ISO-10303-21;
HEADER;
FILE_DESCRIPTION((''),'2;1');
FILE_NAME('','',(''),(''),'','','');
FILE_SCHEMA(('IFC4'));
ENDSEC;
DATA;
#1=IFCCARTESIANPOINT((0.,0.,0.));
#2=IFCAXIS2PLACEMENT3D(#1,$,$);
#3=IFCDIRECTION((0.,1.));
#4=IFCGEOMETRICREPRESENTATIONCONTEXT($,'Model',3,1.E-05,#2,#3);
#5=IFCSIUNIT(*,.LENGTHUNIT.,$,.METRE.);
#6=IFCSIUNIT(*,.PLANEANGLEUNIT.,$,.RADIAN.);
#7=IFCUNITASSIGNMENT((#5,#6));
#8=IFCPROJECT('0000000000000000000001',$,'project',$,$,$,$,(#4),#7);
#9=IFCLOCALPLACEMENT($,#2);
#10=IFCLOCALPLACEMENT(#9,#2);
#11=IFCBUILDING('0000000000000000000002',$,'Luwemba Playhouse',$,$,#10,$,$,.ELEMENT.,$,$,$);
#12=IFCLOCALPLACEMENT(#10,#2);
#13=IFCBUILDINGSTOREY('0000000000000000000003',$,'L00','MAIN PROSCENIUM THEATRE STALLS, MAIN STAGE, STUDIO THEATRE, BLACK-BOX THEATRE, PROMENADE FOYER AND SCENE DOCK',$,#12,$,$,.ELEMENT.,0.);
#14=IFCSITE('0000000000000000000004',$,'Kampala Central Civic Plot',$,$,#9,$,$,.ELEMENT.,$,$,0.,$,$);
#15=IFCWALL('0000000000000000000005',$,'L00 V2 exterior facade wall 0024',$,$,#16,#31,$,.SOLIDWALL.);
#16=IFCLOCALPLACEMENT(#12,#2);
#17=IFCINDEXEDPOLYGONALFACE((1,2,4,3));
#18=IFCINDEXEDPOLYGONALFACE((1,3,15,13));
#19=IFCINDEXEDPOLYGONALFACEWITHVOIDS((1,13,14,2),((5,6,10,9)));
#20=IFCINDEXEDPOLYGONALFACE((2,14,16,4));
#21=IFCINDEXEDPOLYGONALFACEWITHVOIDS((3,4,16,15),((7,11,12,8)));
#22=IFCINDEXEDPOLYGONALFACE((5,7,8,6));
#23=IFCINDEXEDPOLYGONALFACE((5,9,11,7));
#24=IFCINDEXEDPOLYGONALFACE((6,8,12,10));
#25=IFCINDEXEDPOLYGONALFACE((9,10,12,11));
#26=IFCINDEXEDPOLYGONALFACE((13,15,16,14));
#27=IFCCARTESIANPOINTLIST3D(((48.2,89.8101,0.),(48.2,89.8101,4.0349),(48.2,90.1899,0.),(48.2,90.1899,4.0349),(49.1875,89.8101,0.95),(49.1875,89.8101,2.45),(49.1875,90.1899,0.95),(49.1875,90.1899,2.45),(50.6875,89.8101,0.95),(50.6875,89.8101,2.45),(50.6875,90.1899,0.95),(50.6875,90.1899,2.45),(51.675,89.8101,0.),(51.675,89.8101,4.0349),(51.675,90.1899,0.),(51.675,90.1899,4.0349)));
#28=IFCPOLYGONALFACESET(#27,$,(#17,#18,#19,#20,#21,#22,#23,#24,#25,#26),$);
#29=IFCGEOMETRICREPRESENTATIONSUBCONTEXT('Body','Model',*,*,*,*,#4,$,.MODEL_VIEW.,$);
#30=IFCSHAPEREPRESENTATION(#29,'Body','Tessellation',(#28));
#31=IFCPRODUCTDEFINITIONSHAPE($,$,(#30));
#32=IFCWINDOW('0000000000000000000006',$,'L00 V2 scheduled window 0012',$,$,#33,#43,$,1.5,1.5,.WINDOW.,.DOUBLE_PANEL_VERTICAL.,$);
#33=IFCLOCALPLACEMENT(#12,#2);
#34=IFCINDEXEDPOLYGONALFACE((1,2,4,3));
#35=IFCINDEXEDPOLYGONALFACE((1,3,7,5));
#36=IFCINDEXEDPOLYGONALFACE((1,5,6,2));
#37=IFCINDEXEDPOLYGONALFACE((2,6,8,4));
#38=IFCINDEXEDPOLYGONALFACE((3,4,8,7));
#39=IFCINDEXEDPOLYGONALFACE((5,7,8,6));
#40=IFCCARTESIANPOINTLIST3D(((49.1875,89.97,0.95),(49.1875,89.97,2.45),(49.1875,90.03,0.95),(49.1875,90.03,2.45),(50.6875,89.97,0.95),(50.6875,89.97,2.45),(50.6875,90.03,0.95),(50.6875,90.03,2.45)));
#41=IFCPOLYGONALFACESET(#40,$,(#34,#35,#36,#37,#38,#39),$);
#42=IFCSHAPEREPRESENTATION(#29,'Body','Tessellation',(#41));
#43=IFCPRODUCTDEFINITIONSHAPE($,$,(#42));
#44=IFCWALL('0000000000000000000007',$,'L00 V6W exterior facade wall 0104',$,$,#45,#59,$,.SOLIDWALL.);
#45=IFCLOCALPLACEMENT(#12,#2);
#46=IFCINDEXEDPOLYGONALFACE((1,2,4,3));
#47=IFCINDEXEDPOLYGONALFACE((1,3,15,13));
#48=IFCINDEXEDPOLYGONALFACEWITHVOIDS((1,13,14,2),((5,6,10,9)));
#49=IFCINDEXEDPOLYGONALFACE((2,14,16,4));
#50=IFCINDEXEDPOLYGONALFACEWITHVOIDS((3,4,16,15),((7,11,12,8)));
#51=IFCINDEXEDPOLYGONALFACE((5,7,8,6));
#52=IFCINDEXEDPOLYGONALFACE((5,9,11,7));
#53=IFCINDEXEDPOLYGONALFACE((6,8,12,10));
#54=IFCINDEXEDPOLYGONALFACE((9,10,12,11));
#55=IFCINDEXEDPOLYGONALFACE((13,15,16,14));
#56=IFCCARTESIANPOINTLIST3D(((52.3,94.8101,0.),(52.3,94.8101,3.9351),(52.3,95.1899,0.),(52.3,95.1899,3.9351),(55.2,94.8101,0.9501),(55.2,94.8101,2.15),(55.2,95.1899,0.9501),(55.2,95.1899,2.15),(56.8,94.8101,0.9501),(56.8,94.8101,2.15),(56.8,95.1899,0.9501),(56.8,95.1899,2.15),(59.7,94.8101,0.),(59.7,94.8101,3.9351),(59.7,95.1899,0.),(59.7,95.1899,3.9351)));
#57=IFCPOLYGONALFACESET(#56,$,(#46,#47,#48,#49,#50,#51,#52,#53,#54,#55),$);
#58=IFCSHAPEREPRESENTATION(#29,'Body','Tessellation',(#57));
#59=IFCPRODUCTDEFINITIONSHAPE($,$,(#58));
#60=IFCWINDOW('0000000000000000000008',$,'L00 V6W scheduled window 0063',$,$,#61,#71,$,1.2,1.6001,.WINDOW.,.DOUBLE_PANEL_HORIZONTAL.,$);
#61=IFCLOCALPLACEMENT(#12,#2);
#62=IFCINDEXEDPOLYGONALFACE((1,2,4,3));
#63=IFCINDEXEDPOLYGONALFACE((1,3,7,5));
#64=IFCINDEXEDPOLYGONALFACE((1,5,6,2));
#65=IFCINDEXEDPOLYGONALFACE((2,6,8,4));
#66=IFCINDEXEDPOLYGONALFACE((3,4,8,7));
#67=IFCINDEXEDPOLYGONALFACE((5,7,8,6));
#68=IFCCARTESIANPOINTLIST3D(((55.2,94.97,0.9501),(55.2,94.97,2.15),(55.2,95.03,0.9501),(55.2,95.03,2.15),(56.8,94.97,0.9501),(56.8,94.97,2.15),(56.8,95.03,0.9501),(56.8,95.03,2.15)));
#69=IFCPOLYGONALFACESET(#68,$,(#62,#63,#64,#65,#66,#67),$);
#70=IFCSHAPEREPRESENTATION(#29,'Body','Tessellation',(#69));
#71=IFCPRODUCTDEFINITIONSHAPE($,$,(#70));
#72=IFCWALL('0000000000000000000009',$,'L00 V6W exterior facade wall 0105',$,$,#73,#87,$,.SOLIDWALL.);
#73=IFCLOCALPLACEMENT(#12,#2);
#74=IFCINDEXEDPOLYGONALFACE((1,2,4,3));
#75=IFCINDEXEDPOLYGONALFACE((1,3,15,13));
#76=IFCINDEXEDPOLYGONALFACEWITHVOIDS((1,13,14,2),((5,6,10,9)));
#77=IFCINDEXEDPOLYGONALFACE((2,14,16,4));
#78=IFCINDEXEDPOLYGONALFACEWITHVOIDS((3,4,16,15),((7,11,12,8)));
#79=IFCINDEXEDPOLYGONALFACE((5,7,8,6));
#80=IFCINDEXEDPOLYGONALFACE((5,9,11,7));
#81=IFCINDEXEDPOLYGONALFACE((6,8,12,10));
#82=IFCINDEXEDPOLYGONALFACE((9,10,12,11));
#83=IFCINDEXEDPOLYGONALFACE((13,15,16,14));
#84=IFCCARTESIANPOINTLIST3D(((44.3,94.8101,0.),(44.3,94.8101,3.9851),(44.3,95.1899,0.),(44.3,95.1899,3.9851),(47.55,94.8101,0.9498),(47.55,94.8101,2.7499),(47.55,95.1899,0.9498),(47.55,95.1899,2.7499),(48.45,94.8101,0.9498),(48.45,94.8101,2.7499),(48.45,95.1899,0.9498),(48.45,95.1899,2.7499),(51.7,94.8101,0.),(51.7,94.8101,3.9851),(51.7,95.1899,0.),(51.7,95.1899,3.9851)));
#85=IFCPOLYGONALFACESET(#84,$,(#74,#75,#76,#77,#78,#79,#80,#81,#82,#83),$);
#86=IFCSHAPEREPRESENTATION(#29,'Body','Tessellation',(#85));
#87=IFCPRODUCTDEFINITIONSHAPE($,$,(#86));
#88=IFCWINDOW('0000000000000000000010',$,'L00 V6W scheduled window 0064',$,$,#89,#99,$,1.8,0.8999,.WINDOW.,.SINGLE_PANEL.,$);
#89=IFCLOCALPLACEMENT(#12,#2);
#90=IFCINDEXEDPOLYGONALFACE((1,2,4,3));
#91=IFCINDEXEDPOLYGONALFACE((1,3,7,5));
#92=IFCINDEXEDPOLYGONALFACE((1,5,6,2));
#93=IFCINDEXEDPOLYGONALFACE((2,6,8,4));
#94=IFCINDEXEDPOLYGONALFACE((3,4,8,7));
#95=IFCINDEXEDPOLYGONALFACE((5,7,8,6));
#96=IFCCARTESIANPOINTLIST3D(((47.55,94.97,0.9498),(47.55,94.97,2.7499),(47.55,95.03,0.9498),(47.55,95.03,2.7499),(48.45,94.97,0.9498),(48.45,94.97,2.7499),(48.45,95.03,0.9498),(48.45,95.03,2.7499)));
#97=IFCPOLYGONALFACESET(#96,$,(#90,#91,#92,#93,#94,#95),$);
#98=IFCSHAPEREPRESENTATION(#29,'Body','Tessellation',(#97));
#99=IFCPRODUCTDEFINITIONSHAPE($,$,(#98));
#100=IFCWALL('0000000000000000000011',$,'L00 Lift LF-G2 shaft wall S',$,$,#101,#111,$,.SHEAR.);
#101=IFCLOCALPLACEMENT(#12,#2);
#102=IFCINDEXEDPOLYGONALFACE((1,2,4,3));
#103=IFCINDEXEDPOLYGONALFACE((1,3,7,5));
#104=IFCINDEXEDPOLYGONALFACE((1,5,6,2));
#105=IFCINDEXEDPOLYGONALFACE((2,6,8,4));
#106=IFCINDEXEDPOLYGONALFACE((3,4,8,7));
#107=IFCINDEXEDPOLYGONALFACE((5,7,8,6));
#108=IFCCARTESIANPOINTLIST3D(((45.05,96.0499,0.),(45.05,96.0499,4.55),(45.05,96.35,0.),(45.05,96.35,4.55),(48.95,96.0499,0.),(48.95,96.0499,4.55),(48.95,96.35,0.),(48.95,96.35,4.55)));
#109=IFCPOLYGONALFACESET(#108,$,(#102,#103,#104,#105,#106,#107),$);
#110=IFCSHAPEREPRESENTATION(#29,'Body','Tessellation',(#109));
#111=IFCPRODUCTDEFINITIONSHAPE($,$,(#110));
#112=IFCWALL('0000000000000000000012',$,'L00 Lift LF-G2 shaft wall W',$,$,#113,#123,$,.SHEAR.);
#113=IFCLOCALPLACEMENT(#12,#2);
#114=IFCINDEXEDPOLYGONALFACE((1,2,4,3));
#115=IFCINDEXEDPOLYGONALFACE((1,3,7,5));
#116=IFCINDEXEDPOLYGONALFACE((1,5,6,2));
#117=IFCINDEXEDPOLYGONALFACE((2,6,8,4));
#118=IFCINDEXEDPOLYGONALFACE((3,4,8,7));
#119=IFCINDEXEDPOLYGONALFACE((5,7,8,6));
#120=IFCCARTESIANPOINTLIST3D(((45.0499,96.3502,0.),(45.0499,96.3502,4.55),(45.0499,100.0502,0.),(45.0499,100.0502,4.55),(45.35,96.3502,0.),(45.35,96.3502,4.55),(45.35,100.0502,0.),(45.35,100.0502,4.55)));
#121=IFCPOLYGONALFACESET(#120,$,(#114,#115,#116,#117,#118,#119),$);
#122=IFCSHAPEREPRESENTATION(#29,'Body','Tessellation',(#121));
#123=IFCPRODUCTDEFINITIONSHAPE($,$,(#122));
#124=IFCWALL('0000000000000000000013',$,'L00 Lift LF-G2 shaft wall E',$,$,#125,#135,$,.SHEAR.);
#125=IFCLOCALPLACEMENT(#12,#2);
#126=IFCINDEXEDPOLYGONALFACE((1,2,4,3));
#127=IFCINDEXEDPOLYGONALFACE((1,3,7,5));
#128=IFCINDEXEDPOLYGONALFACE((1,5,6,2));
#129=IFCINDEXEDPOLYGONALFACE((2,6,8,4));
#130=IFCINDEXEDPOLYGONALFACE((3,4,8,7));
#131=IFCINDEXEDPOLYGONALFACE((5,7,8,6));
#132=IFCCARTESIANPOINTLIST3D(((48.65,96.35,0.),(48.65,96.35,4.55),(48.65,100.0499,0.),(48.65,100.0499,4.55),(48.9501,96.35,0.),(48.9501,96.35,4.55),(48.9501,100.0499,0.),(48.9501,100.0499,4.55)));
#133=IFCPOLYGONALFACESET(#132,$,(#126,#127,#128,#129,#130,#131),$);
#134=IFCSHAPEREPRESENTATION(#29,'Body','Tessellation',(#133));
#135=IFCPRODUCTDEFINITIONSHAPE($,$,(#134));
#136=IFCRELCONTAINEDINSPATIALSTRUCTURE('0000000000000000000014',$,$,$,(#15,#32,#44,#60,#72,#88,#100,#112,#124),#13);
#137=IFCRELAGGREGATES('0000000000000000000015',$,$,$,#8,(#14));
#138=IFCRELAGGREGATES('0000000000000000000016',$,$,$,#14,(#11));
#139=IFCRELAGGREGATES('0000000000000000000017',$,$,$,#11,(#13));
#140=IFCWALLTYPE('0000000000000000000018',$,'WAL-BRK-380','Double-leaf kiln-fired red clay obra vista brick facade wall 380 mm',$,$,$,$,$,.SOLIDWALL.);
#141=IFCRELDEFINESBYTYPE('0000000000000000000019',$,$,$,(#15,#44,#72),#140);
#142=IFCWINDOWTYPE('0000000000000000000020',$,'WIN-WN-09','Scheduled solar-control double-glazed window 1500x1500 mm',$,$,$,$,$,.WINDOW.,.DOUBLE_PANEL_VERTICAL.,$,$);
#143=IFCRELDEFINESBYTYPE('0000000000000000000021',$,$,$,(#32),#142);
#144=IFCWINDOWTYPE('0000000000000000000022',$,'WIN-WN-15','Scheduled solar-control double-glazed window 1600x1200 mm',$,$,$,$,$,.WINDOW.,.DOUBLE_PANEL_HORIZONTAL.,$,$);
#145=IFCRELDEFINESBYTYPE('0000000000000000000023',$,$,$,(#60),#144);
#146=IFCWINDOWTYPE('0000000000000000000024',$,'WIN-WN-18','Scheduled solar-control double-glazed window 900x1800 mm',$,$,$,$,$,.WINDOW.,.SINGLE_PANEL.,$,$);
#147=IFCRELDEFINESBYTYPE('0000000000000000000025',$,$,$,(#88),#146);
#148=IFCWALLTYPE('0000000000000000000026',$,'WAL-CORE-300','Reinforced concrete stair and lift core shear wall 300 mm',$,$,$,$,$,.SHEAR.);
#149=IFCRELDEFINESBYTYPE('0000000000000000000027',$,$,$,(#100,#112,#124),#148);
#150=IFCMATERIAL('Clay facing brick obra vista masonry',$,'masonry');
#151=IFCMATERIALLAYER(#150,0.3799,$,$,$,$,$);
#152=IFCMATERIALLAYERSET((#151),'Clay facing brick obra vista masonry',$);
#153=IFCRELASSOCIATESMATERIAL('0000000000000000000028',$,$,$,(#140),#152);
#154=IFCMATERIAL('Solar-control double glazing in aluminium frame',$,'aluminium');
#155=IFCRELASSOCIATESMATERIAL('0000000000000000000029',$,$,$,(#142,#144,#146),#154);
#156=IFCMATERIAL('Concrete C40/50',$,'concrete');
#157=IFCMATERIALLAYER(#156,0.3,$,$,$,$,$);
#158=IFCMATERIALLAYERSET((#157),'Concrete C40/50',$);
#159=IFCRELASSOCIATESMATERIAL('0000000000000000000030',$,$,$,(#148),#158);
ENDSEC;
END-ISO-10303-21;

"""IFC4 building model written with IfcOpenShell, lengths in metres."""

from ifc_helpers import new_model, si_unit, direction, frame, frame_2d, origin, place, context, subcontext, project, spatial, rectangle, extrude, material, layer, layer_set, type_object, element, fill, save


model = new_model("IFC4")

# Units and contexts
model_context = context("Model", 3, precision=1e-05, world=origin(), true_north=direction((0.0, 1.0)))
body_context = subcontext(model_context, "Body", "Model", "MODEL_VIEW")
ifc_project = project(units=[si_unit("LENGTHUNIT", "METRE"), si_unit("PLANEANGLEUNIT", "RADIAN")], contexts=[model_context])

# Site, building, storey
site_placement = place(None, origin())
site = spatial("IfcSite", under=ifc_project, at=site_placement, Name="Kampala Central Civic Plot", CompositionType="ELEMENT", RefElevation=0.0)
building_placement = place(site_placement, origin())
building = spatial("IfcBuilding", under=site, at=building_placement, Name="Luwemba Playhouse", CompositionType="ELEMENT")
storey_placement = place(building_placement, origin())
storey = spatial("IfcBuildingStorey", under=building, at=storey_placement, Name="L00", Description="MAIN PROSCENIUM THEATRE STALLS, MAIN STAGE, STUDIO THEATRE, BLACK-BOX THEATRE, PROMENADE FOYER AND SCENE DOCK", CompositionType="ELEMENT", Elevation=0.0)

# Shared definitions
ifc_material_1 = material(Name="Concrete C40/50", Category="concrete")

# Walls, openings, windows
ifc_material_2 = material(Name="Clay facing brick obra vista masonry", Category="masonry")
ifc_layer_1 = layer(ifc_material_2, 0.3799)
ifc_layer_set_1 = layer_set([ifc_layer_1], Name="Clay facing brick obra vista masonry")
wall_type_1 = type_object("IfcWallType", Name="WAL-BRK-380", Description="Double-leaf kiln-fired red clay obra vista brick facade wall 380 mm", PredefinedType="SOLIDWALL", material=ifc_layer_set_1)
wall_1_placement = place(storey_placement, frame((48.2, 90.0, 0.0), z_axis=(0.0, 0.0, 1.0), x_axis=(1.0, 0.0, 0.0)))
wall_1 = element("IfcWall", 1, at=wall_1_placement, inside=storey, type_object=wall_type_1, Name="L00 V2 exterior facade wall 0024", PredefinedType="SOLIDWALL", context=body_context, shape_type="SweptSolid", body=[
    extrude(rectangle(XDim=3.4751, YDim=0.3799, at=frame_2d((1.7375, 0.0))), origin(), (0.0, 0.0, 1.0), 4.0349),
])
opening_1_placement = place(wall_1_placement, frame((0.9875, 0.0, 0.95)))
opening_1 = element("IfcOpeningElement", 2, at=opening_1_placement, cuts=wall_1, PredefinedType="OPENING", context=body_context, shape_type="SweptSolid", body=[
    extrude(rectangle(XDim=1.5, YDim=1.5, at=frame_2d((0.75, 0.75))), frame((0.0, 0.2, 0.0), z_axis=(0.0, -1.0, 0.0), x_axis=(1.0, 0.0, 0.0)), (0.0, 0.0, 1.0), 0.3999),
])
ifc_material_3 = material(Name="Solar-control double glazing in aluminium frame", Category="aluminium")
window_type_1 = type_object("IfcWindowType", Name="WIN-WN-09", Description="Scheduled solar-control double-glazed window 1500x1500 mm", PartitioningType="DOUBLE_PANEL_VERTICAL", PredefinedType="WINDOW", material=ifc_material_3)
window_1_placement = place(opening_1_placement, origin())
window_1 = element("IfcWindow", 3, at=window_1_placement, inside=storey, type_object=window_type_1, Name="L00 V2 scheduled window 0012", OverallHeight=1.5, OverallWidth=1.5, PartitioningType="DOUBLE_PANEL_VERTICAL", PredefinedType="WINDOW", context=body_context, shape_type="SweptSolid", body=[
    extrude(rectangle(XDim=1.5, YDim=1.5, at=frame_2d((0.75, 0.75))), frame((0.0, 0.03, 0.0), z_axis=(0.0, -1.0, 0.0), x_axis=(1.0, 0.0, 0.0)), (0.0, 0.0, 1.0), 0.0601),
])
fill(opening_1, window_1)
wall_2_placement = place(storey_placement, frame((59.7, 95.0, 0.0), z_axis=(0.0, 0.0, 1.0), x_axis=(-1.0, 0.0, 0.0)))
wall_2 = element("IfcWall", 4, at=wall_2_placement, inside=storey, type_object=wall_type_1, Name="L00 V6W exterior facade wall 0104", PredefinedType="SOLIDWALL", context=body_context, shape_type="SweptSolid", body=[
    extrude(rectangle(XDim=7.3999, YDim=0.3799, at=frame_2d((3.7, 0.0))), origin(), (0.0, 0.0, 1.0), 3.9351),
])
opening_2_placement = place(wall_2_placement, frame((2.8999, 0.0, 0.95)))
opening_2 = element("IfcOpeningElement", 5, at=opening_2_placement, cuts=wall_2, PredefinedType="OPENING", context=body_context, shape_type="SweptSolid", body=[
    extrude(rectangle(XDim=1.6001, YDim=1.2, at=frame_2d((0.8, 0.6001))), frame((0.0, 0.2, 0.0), z_axis=(0.0, -1.0, 0.0), x_axis=(1.0, 0.0, 0.0)), (0.0, 0.0, 1.0), 0.3999),
])
window_type_2 = type_object("IfcWindowType", Name="WIN-WN-15", Description="Scheduled solar-control double-glazed window 1600x1200 mm", PartitioningType="DOUBLE_PANEL_HORIZONTAL", PredefinedType="WINDOW", material=ifc_material_3)
window_2_placement = place(opening_2_placement, origin())
window_2 = element("IfcWindow", 6, at=window_2_placement, inside=storey, type_object=window_type_2, Name="L00 V6W scheduled window 0063", OverallHeight=1.2, OverallWidth=1.6001, PartitioningType="DOUBLE_PANEL_HORIZONTAL", PredefinedType="WINDOW", context=body_context, shape_type="SweptSolid", body=[
    extrude(rectangle(XDim=1.6001, YDim=1.2, at=frame_2d((0.8, 0.6001))), frame((0.0, 0.03, 0.0), z_axis=(0.0, -1.0, 0.0), x_axis=(1.0, 0.0, 0.0)), (0.0, 0.0, 1.0), 0.0601),
])
fill(opening_2, window_2)
wall_3_placement = place(storey_placement, frame((51.7, 95.0, 0.0), z_axis=(0.0, 0.0, 1.0), x_axis=(-1.0, 0.0, 0.0)))
wall_3 = element("IfcWall", 7, at=wall_3_placement, inside=storey, type_object=wall_type_1, Name="L00 V6W exterior facade wall 0105", PredefinedType="SOLIDWALL", context=body_context, shape_type="SweptSolid", body=[
    extrude(rectangle(XDim=7.3999, YDim=0.3799, at=frame_2d((3.7, 0.0))), origin(), (0.0, 0.0, 1.0), 3.9851),
])
opening_3_placement = place(wall_3_placement, frame((3.25, 0.0, 0.95)))
opening_3 = element("IfcOpeningElement", 8, at=opening_3_placement, cuts=wall_3, PredefinedType="OPENING", context=body_context, shape_type="SweptSolid", body=[
    extrude(rectangle(XDim=0.8999, YDim=1.8, at=frame_2d((0.45, 0.8999))), frame((0.0, 0.2, 0.0), z_axis=(0.0, -1.0, 0.0), x_axis=(1.0, 0.0, 0.0)), (0.0, 0.0, 1.0), 0.3999),
])
window_type_3 = type_object("IfcWindowType", Name="WIN-WN-18", Description="Scheduled solar-control double-glazed window 900x1800 mm", PartitioningType="SINGLE_PANEL", PredefinedType="WINDOW", material=ifc_material_3)
window_3_placement = place(opening_3_placement, origin())
window_3 = element("IfcWindow", 9, at=window_3_placement, inside=storey, type_object=window_type_3, Name="L00 V6W scheduled window 0064", OverallHeight=1.8, OverallWidth=0.8999, PartitioningType="SINGLE_PANEL", PredefinedType="WINDOW", context=body_context, shape_type="SweptSolid", body=[
    extrude(rectangle(XDim=0.8999, YDim=1.8, at=frame_2d((0.45, 0.8999))), frame((0.0, 0.03, 0.0), z_axis=(0.0, -1.0, 0.0), x_axis=(1.0, 0.0, 0.0)), (0.0, 0.0, 1.0), 0.0601),
])
fill(opening_3, window_3)

# Wall
ifc_layer_2 = layer(ifc_material_1, 0.3)
ifc_layer_set_2 = layer_set([ifc_layer_2], Name="Concrete C40/50")
wall_type_2 = type_object("IfcWallType", Name="WAL-CORE-300", Description="Reinforced concrete stair and lift core shear wall 300 mm", PredefinedType="SHEAR", material=ifc_layer_set_2)
wall_4_placement = place(storey_placement, frame((45.05, 96.2, 0.0), z_axis=(0.0, 0.0, 1.0), x_axis=(1.0, 0.0, 0.0)))
element("IfcWall", 10, at=wall_4_placement, inside=storey, type_object=wall_type_2, Name="L00 Lift LF-G2 shaft wall S", PredefinedType="SHEAR", context=body_context, shape_type="SweptSolid", body=[
    extrude(rectangle(XDim=3.8999, YDim=0.3, at=frame_2d((1.95, 0.0))), origin(), (0.0, 0.0, 1.0), 4.55),
])

# Walls
for number, where, z_axis, x_axis, name in (
    (11, (45.2, 96.3501, 0.0), (0.0, 0.0, 1.0), (0.0, 1.0, 0.0), "L00 Lift LF-G2 shaft wall W"),
    (12, (48.8, 100.05, 0.0), (0.0, 0.0, 1.0), (0.0, -1.0, 0.0), "L00 Lift LF-G2 shaft wall E"),
):
    element("IfcWall", number, at=place(storey_placement, frame(where, z_axis=z_axis, x_axis=x_axis)), inside=storey, type_object=wall_type_2, Name=name, PredefinedType="SHEAR", context=body_context, shape_type="SweptSolid", body=[
        extrude(rectangle(XDim=3.7, YDim=0.3, at=frame_2d((1.8501, 0.0))), origin(), (0.0, 0.0, 1.0), 4.55),
    ])

save(model, "model.ifc")
